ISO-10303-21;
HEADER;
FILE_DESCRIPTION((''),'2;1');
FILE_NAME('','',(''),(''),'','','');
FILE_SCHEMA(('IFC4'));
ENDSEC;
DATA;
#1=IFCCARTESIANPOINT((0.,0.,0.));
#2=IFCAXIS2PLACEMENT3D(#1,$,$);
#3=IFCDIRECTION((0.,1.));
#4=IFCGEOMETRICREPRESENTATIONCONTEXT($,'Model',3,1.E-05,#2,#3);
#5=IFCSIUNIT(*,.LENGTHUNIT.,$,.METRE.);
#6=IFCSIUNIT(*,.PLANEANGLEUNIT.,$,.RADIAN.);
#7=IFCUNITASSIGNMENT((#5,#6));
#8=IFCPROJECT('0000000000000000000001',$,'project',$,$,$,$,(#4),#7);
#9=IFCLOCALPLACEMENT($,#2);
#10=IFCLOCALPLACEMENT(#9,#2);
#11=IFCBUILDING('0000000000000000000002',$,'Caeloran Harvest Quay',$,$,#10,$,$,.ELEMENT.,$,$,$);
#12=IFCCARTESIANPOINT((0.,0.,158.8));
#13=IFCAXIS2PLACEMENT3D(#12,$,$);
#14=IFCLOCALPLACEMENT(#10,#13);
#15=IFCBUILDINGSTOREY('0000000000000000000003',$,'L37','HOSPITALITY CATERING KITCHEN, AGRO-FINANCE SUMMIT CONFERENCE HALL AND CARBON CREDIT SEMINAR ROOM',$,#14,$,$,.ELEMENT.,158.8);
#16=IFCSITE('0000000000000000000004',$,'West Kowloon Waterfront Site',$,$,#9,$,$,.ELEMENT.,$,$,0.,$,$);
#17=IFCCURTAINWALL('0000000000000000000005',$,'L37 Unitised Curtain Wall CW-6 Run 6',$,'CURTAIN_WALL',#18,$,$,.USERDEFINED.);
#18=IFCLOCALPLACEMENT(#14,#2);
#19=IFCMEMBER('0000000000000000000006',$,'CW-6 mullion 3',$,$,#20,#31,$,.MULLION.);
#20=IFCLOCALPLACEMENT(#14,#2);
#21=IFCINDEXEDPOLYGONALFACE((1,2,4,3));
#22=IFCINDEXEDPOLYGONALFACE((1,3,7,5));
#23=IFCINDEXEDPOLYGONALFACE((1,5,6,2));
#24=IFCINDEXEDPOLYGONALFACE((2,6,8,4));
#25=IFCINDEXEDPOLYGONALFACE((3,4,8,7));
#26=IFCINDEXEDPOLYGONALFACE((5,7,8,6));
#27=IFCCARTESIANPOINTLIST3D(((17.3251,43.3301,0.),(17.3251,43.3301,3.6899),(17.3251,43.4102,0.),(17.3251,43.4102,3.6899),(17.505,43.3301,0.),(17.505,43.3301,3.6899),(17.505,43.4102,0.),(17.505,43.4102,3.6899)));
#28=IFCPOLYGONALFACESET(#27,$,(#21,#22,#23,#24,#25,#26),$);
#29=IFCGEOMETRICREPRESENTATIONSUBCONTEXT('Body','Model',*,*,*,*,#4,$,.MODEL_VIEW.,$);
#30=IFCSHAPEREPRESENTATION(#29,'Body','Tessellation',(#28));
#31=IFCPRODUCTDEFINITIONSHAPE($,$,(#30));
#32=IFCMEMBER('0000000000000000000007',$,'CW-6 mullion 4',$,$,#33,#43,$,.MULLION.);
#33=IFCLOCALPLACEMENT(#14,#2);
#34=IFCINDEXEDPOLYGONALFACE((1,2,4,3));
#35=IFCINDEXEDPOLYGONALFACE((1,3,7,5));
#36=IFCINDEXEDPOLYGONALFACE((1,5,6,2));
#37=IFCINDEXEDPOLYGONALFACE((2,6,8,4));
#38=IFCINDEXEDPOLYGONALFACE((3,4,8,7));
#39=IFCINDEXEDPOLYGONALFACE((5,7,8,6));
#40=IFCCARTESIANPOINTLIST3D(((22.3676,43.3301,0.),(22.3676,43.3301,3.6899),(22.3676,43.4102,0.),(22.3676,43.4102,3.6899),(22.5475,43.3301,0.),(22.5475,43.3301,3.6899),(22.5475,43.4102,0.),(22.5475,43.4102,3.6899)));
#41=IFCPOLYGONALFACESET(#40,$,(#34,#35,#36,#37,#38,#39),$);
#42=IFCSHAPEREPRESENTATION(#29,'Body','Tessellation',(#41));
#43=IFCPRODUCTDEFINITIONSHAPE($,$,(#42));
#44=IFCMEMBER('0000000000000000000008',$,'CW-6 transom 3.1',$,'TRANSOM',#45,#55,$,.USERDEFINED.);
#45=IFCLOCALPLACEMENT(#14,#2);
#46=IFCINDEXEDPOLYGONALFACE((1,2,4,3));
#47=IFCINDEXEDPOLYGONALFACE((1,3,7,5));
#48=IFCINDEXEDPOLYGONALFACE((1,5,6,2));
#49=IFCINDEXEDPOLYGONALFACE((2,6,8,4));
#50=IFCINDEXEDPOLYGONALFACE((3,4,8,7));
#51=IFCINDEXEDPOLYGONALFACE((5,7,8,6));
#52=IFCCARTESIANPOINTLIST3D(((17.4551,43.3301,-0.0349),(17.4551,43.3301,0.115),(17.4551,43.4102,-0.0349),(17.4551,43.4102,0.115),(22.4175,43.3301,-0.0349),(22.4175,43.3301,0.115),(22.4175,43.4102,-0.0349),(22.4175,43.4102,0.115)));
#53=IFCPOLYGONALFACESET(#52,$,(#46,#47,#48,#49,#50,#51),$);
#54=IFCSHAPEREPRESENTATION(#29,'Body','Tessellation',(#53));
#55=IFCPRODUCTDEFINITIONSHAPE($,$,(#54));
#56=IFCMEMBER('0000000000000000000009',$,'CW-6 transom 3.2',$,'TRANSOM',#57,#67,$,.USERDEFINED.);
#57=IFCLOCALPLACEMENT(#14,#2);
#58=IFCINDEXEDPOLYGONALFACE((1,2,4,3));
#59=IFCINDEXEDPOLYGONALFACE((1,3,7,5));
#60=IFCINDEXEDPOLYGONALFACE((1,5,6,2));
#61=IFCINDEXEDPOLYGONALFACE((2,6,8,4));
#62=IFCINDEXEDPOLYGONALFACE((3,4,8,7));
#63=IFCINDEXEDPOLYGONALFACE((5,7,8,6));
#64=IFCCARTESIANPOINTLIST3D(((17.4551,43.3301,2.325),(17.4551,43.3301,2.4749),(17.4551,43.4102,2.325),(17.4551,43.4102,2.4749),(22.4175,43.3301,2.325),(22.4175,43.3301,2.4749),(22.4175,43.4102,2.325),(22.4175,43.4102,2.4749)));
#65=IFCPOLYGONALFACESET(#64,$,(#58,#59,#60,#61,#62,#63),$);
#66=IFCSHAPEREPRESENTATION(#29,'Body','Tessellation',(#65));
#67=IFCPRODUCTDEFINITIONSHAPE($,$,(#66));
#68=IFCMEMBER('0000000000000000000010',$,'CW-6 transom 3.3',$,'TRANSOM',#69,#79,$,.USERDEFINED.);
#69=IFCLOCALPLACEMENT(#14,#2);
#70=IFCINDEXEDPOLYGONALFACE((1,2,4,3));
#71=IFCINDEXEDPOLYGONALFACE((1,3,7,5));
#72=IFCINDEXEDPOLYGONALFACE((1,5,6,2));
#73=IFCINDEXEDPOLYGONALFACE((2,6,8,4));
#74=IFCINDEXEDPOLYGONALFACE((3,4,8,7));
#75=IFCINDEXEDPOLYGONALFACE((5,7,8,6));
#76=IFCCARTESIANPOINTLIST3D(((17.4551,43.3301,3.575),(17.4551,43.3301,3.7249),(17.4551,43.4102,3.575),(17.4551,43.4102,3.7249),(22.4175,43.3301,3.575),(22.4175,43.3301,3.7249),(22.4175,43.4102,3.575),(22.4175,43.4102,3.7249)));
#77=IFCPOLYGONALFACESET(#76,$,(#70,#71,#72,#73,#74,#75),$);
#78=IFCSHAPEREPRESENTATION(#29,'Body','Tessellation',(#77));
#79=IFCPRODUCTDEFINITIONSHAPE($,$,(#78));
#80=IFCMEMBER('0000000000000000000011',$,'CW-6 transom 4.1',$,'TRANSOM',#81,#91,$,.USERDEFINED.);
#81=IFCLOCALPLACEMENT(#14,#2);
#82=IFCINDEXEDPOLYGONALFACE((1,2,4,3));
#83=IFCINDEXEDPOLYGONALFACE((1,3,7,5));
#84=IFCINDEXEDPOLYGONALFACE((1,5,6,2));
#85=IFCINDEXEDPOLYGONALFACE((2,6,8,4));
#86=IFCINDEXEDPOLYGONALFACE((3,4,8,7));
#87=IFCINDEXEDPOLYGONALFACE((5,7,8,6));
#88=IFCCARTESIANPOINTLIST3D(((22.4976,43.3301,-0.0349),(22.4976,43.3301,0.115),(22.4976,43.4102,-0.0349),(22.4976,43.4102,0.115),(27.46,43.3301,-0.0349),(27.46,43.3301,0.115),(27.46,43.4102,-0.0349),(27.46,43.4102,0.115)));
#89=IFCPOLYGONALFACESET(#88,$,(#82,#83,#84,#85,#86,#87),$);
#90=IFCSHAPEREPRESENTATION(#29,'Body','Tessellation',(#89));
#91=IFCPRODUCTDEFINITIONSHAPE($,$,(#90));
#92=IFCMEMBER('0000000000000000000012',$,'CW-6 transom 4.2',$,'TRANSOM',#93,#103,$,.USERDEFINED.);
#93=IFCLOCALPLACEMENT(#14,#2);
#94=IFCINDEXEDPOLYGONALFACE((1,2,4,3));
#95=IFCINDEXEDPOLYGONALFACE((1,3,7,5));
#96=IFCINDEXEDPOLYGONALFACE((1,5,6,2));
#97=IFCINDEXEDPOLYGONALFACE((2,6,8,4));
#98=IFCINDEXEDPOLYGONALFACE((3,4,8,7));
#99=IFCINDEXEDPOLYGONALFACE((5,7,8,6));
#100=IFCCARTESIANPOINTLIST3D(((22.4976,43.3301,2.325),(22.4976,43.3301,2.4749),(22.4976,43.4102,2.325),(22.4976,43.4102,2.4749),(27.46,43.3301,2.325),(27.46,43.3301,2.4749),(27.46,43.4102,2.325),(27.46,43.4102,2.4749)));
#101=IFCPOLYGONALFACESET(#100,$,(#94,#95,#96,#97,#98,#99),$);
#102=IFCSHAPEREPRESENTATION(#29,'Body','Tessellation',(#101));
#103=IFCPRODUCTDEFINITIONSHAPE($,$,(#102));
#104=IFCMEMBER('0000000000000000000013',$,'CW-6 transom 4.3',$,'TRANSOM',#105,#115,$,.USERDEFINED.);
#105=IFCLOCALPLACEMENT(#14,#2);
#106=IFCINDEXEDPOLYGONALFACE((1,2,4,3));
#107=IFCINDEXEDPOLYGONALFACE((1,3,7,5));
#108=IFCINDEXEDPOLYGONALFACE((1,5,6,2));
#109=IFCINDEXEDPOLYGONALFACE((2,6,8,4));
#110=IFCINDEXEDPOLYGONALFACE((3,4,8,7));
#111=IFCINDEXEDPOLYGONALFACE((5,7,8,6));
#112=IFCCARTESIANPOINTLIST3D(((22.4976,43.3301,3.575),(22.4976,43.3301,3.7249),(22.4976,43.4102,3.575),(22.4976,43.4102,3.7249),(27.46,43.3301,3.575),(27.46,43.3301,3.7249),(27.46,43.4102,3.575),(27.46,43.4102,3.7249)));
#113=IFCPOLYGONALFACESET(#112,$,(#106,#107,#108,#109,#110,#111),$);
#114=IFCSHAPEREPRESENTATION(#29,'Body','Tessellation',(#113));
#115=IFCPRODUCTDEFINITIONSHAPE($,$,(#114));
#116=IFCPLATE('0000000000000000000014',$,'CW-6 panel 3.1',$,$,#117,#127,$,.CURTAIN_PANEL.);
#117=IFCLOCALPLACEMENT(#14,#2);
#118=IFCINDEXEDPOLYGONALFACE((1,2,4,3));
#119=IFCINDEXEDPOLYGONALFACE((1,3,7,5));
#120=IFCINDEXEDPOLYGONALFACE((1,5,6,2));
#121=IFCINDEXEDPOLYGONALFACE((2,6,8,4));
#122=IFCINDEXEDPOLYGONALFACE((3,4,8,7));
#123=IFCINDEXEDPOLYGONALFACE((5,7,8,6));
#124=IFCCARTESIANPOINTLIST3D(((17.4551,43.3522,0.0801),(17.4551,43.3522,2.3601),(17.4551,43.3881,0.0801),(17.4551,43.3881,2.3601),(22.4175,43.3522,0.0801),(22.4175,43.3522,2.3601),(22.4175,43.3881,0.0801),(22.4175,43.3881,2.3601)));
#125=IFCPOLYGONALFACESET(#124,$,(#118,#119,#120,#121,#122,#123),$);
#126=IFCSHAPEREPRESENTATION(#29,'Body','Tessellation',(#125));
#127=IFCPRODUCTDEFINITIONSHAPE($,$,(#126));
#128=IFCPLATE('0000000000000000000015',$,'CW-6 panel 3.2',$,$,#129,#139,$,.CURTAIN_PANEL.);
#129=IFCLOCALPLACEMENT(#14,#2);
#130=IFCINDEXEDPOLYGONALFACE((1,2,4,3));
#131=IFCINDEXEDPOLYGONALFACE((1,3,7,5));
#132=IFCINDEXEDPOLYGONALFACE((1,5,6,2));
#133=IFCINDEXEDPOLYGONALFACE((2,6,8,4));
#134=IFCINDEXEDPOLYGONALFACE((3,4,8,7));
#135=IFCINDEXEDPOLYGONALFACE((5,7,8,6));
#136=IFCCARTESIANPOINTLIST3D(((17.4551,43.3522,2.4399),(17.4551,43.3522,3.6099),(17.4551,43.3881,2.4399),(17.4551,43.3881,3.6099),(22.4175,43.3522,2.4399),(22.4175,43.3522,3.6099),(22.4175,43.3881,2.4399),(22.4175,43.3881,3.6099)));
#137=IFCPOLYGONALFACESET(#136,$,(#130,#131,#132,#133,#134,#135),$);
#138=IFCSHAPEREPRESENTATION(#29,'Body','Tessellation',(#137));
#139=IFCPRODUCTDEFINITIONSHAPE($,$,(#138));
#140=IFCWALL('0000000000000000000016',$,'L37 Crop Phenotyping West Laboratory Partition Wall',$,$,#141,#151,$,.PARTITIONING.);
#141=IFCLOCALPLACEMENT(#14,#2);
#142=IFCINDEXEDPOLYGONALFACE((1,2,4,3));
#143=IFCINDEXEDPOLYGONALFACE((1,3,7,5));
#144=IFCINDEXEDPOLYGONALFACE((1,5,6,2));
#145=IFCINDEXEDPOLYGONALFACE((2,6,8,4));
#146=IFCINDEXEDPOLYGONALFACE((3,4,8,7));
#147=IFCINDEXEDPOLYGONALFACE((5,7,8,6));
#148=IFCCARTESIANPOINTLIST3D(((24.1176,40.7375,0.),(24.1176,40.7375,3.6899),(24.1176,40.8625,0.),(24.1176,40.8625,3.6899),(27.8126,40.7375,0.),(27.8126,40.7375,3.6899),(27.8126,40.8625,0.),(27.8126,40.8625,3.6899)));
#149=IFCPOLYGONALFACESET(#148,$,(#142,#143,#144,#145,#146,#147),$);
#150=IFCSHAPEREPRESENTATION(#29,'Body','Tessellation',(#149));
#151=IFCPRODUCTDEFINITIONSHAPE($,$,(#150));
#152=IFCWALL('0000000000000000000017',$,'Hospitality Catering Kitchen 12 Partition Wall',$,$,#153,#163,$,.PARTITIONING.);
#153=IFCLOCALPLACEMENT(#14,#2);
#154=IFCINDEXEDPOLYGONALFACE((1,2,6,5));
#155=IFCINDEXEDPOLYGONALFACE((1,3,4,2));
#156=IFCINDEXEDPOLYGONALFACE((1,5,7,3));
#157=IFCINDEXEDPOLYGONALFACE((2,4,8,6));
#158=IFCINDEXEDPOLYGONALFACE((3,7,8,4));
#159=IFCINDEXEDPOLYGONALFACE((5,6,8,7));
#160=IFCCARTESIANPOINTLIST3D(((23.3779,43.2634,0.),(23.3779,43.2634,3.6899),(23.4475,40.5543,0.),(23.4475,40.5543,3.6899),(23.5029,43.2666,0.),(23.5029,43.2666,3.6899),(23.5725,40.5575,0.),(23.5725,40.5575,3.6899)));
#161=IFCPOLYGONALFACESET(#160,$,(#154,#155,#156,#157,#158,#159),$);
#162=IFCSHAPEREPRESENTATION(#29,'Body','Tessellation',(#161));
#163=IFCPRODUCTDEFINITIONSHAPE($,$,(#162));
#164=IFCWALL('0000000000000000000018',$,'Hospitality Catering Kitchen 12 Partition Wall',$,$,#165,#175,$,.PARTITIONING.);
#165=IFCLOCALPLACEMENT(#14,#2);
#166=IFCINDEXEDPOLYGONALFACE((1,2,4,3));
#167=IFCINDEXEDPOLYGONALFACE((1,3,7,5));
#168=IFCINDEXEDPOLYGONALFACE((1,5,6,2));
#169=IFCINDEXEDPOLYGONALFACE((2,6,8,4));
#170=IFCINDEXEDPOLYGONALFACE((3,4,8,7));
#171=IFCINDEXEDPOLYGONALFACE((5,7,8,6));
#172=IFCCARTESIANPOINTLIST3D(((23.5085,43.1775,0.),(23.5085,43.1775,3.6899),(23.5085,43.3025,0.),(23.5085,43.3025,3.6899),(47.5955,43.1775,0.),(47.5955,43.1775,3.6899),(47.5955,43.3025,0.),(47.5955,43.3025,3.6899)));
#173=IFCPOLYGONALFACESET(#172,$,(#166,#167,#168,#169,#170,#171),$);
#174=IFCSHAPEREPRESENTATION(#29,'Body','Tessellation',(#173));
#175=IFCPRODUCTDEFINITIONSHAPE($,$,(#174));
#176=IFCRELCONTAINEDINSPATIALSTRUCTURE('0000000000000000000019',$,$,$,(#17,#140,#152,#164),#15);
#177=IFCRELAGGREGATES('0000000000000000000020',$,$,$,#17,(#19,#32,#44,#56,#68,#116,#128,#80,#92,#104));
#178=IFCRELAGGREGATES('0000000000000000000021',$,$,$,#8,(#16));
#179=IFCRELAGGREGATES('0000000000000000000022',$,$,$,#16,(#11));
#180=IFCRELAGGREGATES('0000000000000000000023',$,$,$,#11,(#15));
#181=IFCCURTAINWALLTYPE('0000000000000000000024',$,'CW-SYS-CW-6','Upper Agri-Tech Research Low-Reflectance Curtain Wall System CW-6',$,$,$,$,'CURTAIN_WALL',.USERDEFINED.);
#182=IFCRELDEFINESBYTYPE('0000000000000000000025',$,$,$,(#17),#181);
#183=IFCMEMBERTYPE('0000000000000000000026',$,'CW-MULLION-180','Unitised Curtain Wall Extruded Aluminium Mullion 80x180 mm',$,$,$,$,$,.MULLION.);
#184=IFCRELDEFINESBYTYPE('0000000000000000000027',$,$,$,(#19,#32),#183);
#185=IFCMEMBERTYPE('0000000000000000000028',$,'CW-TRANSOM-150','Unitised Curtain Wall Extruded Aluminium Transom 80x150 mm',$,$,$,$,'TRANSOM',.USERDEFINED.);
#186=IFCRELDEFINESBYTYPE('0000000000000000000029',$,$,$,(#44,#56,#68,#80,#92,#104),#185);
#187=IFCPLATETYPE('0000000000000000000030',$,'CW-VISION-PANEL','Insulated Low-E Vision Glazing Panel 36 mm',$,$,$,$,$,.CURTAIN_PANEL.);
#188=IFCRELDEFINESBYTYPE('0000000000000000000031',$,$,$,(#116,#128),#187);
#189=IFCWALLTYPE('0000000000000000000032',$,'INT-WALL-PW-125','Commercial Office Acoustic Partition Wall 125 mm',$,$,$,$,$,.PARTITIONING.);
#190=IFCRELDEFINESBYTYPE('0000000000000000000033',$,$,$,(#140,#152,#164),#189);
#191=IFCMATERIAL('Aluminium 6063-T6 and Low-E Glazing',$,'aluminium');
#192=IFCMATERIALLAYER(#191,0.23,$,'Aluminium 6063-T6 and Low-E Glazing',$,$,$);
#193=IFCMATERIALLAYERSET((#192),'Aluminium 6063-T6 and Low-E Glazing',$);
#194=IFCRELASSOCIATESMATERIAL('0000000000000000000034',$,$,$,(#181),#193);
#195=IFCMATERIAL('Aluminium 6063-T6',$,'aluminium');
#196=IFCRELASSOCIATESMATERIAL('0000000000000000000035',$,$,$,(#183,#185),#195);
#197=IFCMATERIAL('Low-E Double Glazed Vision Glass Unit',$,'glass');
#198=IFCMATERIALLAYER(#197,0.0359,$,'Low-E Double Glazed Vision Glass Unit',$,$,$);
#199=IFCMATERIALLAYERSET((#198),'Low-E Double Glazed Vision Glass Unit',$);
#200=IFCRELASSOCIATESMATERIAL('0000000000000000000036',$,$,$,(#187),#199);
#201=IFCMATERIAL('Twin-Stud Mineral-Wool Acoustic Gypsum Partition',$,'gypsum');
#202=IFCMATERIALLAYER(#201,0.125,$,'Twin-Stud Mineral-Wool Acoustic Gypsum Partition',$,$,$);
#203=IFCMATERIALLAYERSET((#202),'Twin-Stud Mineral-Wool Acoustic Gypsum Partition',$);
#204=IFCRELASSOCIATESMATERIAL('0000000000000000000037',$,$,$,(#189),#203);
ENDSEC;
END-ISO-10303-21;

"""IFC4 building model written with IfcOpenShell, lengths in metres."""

from ifc_helpers import new_model, si_unit, direction, frame, frame_2d, origin, origin_2d, place, context, subcontext, project, spatial, rectangle, extrude, material, layer, layer_set, material_profile, profile_set, type_object, element, aggregate, save


model = new_model("IFC4")

# Units and contexts
model_context = context("Model", 3, precision=1e-05, world=origin(), true_north=direction((0.0, 1.0)))
body_context = subcontext(model_context, "Body", "Model", "MODEL_VIEW")
ifc_project = project(units=[si_unit("LENGTHUNIT", "METRE"), si_unit("PLANEANGLEUNIT", "RADIAN")], contexts=[model_context])

# Site, building, storey
site_placement = place(None, origin())
site = spatial("IfcSite", under=ifc_project, at=site_placement, Name="West Kowloon Waterfront Site", CompositionType="ELEMENT", RefElevation=0.0)
building_placement = place(site_placement, origin())
building = spatial("IfcBuilding", under=site, at=building_placement, Name="Caeloran Harvest Quay", CompositionType="ELEMENT")
storey_placement = place(building_placement, frame((0.0, 0.0, 158.8)))
storey = spatial("IfcBuildingStorey", under=building, at=storey_placement, Name="L37", Description="HOSPITALITY CATERING KITCHEN, AGRO-FINANCE SUMMIT CONFERENCE HALL AND CARBON CREDIT SEMINAR ROOM", CompositionType="ELEMENT", Elevation=158.8)

# Curtain wall, members, plates
ifc_material_1 = material(Name="Aluminium 6063-T6 and Low-E Glazing", Category="aluminium")
ifc_layer_1 = layer(ifc_material_1, 0.23, Name="Aluminium 6063-T6 and Low-E Glazing")
ifc_layer_set_1 = layer_set([ifc_layer_1], Name="Aluminium 6063-T6 and Low-E Glazing")
curtain_wall_type = type_object("IfcCurtainWallType", Name="CW-SYS-CW-6", Description="Upper Agri-Tech Research Low-Reflectance Curtain Wall System CW-6", ElementType="CURTAIN_WALL", PredefinedType="USERDEFINED", material=ifc_layer_set_1)
curtain_wall_placement = place(storey_placement, origin())
curtain_wall = element("IfcCurtainWall", 1, at=curtain_wall_placement, inside=storey, type_object=curtain_wall_type, Name="L37 Unitised Curtain Wall CW-6 Run 6", ObjectType="CURTAIN_WALL", PredefinedType="USERDEFINED")
ifc_material_2 = material(Name="Aluminium 6063-T6", Category="aluminium")
ifc_material_profile_1 = material_profile(ifc_material_2, rectangle(XDim=0.0801, YDim=0.1799, at=origin_2d()), Name="CW-MULLION-180")
ifc_profile_set_1 = profile_set([ifc_material_profile_1], Name="Aluminium 6063-T6")
member_type_1 = type_object("IfcMemberType", Name="CW-MULLION-180", Description="Unitised Curtain Wall Extruded Aluminium Mullion 80x180 mm", PredefinedType="MULLION", material=ifc_profile_set_1)
member_1_placement = place(storey_placement, frame((17.415, 43.3701, 0.0), z_axis=(0.0, 0.0, 1.0), x_axis=(0.0, 1.0, 0.0)))
member_1 = element("IfcMember", 2, at=member_1_placement, type_object=member_type_1, Name="CW-6 mullion 3", PredefinedType="MULLION", context=body_context, shape_type="SweptSolid", body=[
    extrude(rectangle(XDim=0.0801, YDim=0.1799, at=origin_2d()), origin(), (0.0, 0.0, 1.0), 3.6899),
])
member_2_placement = place(storey_placement, frame((22.4575, 43.3701, 0.0), z_axis=(0.0, 0.0, 1.0), x_axis=(0.0, 1.0, 0.0)))
member_2 = element("IfcMember", 3, at=member_2_placement, type_object=member_type_1, Name="CW-6 mullion 4", PredefinedType="MULLION", context=body_context, shape_type="SweptSolid", body=[
    extrude(rectangle(XDim=0.0801, YDim=0.1799, at=origin_2d()), origin(), (0.0, 0.0, 1.0), 3.6899),
])
ifc_material_profile_2 = material_profile(ifc_material_2, rectangle(XDim=0.0801, YDim=0.1499, at=origin_2d()), Name="CW-TRANSOM-150")
ifc_profile_set_2 = profile_set([ifc_material_profile_2], Name="Aluminium 6063-T6")
member_type_2 = type_object("IfcMemberType", Name="CW-TRANSOM-150", Description="Unitised Curtain Wall Extruded Aluminium Transom 80x150 mm", ElementType="TRANSOM", PredefinedType="USERDEFINED", material=ifc_profile_set_2)
member_3_placement = place(storey_placement, frame((17.4551, 43.3701, 0.04), z_axis=(1.0, 0.0, 0.0), x_axis=(0.0, 1.0, 0.0)))
member_3 = element("IfcMember", 4, at=member_3_placement, type_object=member_type_2, Name="CW-6 transom 3.1", ObjectType="TRANSOM", PredefinedType="USERDEFINED", context=body_context, shape_type="SweptSolid", body=[
    extrude(rectangle(XDim=0.0801, YDim=0.1499, at=origin_2d()), origin(), (0.0, 0.0, 1.0), 4.9624),
])
member_4_placement = place(storey_placement, frame((17.4551, 43.3701, 2.3999), z_axis=(1.0, 0.0, 0.0), x_axis=(0.0, 1.0, 0.0)))
member_4 = element("IfcMember", 5, at=member_4_placement, type_object=member_type_2, Name="CW-6 transom 3.2", ObjectType="TRANSOM", PredefinedType="USERDEFINED", context=body_context, shape_type="SweptSolid", body=[
    extrude(rectangle(XDim=0.0801, YDim=0.1499, at=origin_2d()), origin(), (0.0, 0.0, 1.0), 4.9624),
])
member_5_placement = place(storey_placement, frame((17.4551, 43.3701, 3.6499), z_axis=(1.0, 0.0, 0.0), x_axis=(0.0, 1.0, 0.0)))
member_5 = element("IfcMember", 6, at=member_5_placement, type_object=member_type_2, Name="CW-6 transom 3.3", ObjectType="TRANSOM", PredefinedType="USERDEFINED", context=body_context, shape_type="SweptSolid", body=[
    extrude(rectangle(XDim=0.0801, YDim=0.1499, at=origin_2d()), origin(), (0.0, 0.0, 1.0), 4.9624),
])
member_6_placement = place(storey_placement, frame((22.4976, 43.3701, 0.04), z_axis=(1.0, 0.0, 0.0), x_axis=(0.0, 1.0, 0.0)))
member_6 = element("IfcMember", 7, at=member_6_placement, type_object=member_type_2, Name="CW-6 transom 4.1", ObjectType="TRANSOM", PredefinedType="USERDEFINED", context=body_context, shape_type="SweptSolid", body=[
    extrude(rectangle(XDim=0.0801, YDim=0.1499, at=origin_2d()), origin(), (0.0, 0.0, 1.0), 4.9624),
])
member_7_placement = place(storey_placement, frame((22.4976, 43.3701, 2.3999), z_axis=(1.0, 0.0, 0.0), x_axis=(0.0, 1.0, 0.0)))
member_7 = element("IfcMember", 8, at=member_7_placement, type_object=member_type_2, Name="CW-6 transom 4.2", ObjectType="TRANSOM", PredefinedType="USERDEFINED", context=body_context, shape_type="SweptSolid", body=[
    extrude(rectangle(XDim=0.0801, YDim=0.1499, at=origin_2d()), origin(), (0.0, 0.0, 1.0), 4.9624),
])
member_8_placement = place(storey_placement, frame((22.4976, 43.3701, 3.6499), z_axis=(1.0, 0.0, 0.0), x_axis=(0.0, 1.0, 0.0)))
member_8 = element("IfcMember", 9, at=member_8_placement, type_object=member_type_2, Name="CW-6 transom 4.3", ObjectType="TRANSOM", PredefinedType="USERDEFINED", context=body_context, shape_type="SweptSolid", body=[
    extrude(rectangle(XDim=0.0801, YDim=0.1499, at=origin_2d()), origin(), (0.0, 0.0, 1.0), 4.9624),
])
ifc_material_3 = material(Name="Low-E Double Glazed Vision Glass Unit", Category="glass")
ifc_layer_2 = layer(ifc_material_3, 0.0359, Name="Low-E Double Glazed Vision Glass Unit")
ifc_layer_set_2 = layer_set([ifc_layer_2], Name="Low-E Double Glazed Vision Glass Unit")
plate_type = type_object("IfcPlateType", Name="CW-VISION-PANEL", Description="Insulated Low-E Vision Glazing Panel 36 mm", PredefinedType="CURTAIN_PANEL", material=ifc_layer_set_2)
plate_1_placement = place(storey_placement, frame((19.9363, 43.3701, 0.0801), z_axis=(0.0, 0.0, 1.0), x_axis=(1.0, 0.0, 0.0)))
plate_1 = element("IfcPlate", 10, at=plate_1_placement, type_object=plate_type, Name="CW-6 panel 3.1", PredefinedType="CURTAIN_PANEL", context=body_context, shape_type="SweptSolid", body=[
    extrude(rectangle(XDim=4.9624, YDim=0.0359, at=origin_2d()), origin(), (0.0, 0.0, 1.0), 2.28),
])
plate_2_placement = place(storey_placement, frame((19.9363, 43.3701, 2.4399), z_axis=(0.0, 0.0, 1.0), x_axis=(1.0, 0.0, 0.0)))
plate_2 = element("IfcPlate", 11, at=plate_2_placement, type_object=plate_type, Name="CW-6 panel 3.2", PredefinedType="CURTAIN_PANEL", context=body_context, shape_type="SweptSolid", body=[
    extrude(rectangle(XDim=4.9624, YDim=0.0359, at=origin_2d()), origin(), (0.0, 0.0, 1.0), 1.1699),
])
aggregate(curtain_wall, [member_1, member_2, member_3, member_4, member_5, plate_1, plate_2, member_6, member_7, member_8])

# Walls
ifc_material_4 = material(Name="Twin-Stud Mineral-Wool Acoustic Gypsum Partition", Category="gypsum")
ifc_layer_3 = layer(ifc_material_4, 0.125, Name="Twin-Stud Mineral-Wool Acoustic Gypsum Partition")
ifc_layer_set_3 = layer_set([ifc_layer_3], Name="Twin-Stud Mineral-Wool Acoustic Gypsum Partition")
wall_type_1 = type_object("IfcWallType", Name="INT-WALL-PW-125", Description="Commercial Office Acoustic Partition Wall 125 mm", PredefinedType="PARTITIONING", material=ifc_layer_set_3)
wall_1_placement = place(storey_placement, frame((24.1174, 40.8, 0.0), z_axis=(0.0, 0.0, 1.0), x_axis=(1.0, 0.0, 0.0)))
element("IfcWall", 12, at=wall_1_placement, inside=storey, type_object=wall_type_1, Name="L37 Crop Phenotyping West Laboratory Partition Wall", PredefinedType="PARTITIONING", context=body_context, shape_type="SweptSolid", body=[
    extrude(rectangle(XDim=3.6951, YDim=0.125, at=frame_2d((1.8477, 0.0))), origin(), (0.0, 0.0, 1.0), 3.6899),
])
wall_2_placement = place(storey_placement, frame((23.51, 40.5559, 0.0), z_axis=(0.0, 0.0, 1.0), x_axis=(-0.025676, 0.99967, 0.0)))
element("IfcWall", 13, at=wall_2_placement, inside=storey, type_object=wall_type_1, Name="Hospitality Catering Kitchen 12 Partition Wall", PredefinedType="PARTITIONING", context=body_context, shape_type="SweptSolid", body=[
    extrude(rectangle(XDim=2.71, YDim=0.125, at=frame_2d((1.355, 0.0))), origin(), (0.0, 0.0, 1.0), 3.6899),
])
wall_3_placement = place(storey_placement, frame((23.5085, 43.24, 0.0), z_axis=(0.0, 0.0, 1.0), x_axis=(1.0, 0.0, 0.0)))
element("IfcWall", 14, at=wall_3_placement, inside=storey, type_object=wall_type_1, Name="Hospitality Catering Kitchen 12 Partition Wall", PredefinedType="PARTITIONING", context=body_context, shape_type="SweptSolid", body=[
    extrude(rectangle(XDim=24.0869, YDim=0.125, at=frame_2d((12.0435, 0.0))), origin(), (0.0, 0.0, 1.0), 3.6899),
])

save(model, "model.ifc")
